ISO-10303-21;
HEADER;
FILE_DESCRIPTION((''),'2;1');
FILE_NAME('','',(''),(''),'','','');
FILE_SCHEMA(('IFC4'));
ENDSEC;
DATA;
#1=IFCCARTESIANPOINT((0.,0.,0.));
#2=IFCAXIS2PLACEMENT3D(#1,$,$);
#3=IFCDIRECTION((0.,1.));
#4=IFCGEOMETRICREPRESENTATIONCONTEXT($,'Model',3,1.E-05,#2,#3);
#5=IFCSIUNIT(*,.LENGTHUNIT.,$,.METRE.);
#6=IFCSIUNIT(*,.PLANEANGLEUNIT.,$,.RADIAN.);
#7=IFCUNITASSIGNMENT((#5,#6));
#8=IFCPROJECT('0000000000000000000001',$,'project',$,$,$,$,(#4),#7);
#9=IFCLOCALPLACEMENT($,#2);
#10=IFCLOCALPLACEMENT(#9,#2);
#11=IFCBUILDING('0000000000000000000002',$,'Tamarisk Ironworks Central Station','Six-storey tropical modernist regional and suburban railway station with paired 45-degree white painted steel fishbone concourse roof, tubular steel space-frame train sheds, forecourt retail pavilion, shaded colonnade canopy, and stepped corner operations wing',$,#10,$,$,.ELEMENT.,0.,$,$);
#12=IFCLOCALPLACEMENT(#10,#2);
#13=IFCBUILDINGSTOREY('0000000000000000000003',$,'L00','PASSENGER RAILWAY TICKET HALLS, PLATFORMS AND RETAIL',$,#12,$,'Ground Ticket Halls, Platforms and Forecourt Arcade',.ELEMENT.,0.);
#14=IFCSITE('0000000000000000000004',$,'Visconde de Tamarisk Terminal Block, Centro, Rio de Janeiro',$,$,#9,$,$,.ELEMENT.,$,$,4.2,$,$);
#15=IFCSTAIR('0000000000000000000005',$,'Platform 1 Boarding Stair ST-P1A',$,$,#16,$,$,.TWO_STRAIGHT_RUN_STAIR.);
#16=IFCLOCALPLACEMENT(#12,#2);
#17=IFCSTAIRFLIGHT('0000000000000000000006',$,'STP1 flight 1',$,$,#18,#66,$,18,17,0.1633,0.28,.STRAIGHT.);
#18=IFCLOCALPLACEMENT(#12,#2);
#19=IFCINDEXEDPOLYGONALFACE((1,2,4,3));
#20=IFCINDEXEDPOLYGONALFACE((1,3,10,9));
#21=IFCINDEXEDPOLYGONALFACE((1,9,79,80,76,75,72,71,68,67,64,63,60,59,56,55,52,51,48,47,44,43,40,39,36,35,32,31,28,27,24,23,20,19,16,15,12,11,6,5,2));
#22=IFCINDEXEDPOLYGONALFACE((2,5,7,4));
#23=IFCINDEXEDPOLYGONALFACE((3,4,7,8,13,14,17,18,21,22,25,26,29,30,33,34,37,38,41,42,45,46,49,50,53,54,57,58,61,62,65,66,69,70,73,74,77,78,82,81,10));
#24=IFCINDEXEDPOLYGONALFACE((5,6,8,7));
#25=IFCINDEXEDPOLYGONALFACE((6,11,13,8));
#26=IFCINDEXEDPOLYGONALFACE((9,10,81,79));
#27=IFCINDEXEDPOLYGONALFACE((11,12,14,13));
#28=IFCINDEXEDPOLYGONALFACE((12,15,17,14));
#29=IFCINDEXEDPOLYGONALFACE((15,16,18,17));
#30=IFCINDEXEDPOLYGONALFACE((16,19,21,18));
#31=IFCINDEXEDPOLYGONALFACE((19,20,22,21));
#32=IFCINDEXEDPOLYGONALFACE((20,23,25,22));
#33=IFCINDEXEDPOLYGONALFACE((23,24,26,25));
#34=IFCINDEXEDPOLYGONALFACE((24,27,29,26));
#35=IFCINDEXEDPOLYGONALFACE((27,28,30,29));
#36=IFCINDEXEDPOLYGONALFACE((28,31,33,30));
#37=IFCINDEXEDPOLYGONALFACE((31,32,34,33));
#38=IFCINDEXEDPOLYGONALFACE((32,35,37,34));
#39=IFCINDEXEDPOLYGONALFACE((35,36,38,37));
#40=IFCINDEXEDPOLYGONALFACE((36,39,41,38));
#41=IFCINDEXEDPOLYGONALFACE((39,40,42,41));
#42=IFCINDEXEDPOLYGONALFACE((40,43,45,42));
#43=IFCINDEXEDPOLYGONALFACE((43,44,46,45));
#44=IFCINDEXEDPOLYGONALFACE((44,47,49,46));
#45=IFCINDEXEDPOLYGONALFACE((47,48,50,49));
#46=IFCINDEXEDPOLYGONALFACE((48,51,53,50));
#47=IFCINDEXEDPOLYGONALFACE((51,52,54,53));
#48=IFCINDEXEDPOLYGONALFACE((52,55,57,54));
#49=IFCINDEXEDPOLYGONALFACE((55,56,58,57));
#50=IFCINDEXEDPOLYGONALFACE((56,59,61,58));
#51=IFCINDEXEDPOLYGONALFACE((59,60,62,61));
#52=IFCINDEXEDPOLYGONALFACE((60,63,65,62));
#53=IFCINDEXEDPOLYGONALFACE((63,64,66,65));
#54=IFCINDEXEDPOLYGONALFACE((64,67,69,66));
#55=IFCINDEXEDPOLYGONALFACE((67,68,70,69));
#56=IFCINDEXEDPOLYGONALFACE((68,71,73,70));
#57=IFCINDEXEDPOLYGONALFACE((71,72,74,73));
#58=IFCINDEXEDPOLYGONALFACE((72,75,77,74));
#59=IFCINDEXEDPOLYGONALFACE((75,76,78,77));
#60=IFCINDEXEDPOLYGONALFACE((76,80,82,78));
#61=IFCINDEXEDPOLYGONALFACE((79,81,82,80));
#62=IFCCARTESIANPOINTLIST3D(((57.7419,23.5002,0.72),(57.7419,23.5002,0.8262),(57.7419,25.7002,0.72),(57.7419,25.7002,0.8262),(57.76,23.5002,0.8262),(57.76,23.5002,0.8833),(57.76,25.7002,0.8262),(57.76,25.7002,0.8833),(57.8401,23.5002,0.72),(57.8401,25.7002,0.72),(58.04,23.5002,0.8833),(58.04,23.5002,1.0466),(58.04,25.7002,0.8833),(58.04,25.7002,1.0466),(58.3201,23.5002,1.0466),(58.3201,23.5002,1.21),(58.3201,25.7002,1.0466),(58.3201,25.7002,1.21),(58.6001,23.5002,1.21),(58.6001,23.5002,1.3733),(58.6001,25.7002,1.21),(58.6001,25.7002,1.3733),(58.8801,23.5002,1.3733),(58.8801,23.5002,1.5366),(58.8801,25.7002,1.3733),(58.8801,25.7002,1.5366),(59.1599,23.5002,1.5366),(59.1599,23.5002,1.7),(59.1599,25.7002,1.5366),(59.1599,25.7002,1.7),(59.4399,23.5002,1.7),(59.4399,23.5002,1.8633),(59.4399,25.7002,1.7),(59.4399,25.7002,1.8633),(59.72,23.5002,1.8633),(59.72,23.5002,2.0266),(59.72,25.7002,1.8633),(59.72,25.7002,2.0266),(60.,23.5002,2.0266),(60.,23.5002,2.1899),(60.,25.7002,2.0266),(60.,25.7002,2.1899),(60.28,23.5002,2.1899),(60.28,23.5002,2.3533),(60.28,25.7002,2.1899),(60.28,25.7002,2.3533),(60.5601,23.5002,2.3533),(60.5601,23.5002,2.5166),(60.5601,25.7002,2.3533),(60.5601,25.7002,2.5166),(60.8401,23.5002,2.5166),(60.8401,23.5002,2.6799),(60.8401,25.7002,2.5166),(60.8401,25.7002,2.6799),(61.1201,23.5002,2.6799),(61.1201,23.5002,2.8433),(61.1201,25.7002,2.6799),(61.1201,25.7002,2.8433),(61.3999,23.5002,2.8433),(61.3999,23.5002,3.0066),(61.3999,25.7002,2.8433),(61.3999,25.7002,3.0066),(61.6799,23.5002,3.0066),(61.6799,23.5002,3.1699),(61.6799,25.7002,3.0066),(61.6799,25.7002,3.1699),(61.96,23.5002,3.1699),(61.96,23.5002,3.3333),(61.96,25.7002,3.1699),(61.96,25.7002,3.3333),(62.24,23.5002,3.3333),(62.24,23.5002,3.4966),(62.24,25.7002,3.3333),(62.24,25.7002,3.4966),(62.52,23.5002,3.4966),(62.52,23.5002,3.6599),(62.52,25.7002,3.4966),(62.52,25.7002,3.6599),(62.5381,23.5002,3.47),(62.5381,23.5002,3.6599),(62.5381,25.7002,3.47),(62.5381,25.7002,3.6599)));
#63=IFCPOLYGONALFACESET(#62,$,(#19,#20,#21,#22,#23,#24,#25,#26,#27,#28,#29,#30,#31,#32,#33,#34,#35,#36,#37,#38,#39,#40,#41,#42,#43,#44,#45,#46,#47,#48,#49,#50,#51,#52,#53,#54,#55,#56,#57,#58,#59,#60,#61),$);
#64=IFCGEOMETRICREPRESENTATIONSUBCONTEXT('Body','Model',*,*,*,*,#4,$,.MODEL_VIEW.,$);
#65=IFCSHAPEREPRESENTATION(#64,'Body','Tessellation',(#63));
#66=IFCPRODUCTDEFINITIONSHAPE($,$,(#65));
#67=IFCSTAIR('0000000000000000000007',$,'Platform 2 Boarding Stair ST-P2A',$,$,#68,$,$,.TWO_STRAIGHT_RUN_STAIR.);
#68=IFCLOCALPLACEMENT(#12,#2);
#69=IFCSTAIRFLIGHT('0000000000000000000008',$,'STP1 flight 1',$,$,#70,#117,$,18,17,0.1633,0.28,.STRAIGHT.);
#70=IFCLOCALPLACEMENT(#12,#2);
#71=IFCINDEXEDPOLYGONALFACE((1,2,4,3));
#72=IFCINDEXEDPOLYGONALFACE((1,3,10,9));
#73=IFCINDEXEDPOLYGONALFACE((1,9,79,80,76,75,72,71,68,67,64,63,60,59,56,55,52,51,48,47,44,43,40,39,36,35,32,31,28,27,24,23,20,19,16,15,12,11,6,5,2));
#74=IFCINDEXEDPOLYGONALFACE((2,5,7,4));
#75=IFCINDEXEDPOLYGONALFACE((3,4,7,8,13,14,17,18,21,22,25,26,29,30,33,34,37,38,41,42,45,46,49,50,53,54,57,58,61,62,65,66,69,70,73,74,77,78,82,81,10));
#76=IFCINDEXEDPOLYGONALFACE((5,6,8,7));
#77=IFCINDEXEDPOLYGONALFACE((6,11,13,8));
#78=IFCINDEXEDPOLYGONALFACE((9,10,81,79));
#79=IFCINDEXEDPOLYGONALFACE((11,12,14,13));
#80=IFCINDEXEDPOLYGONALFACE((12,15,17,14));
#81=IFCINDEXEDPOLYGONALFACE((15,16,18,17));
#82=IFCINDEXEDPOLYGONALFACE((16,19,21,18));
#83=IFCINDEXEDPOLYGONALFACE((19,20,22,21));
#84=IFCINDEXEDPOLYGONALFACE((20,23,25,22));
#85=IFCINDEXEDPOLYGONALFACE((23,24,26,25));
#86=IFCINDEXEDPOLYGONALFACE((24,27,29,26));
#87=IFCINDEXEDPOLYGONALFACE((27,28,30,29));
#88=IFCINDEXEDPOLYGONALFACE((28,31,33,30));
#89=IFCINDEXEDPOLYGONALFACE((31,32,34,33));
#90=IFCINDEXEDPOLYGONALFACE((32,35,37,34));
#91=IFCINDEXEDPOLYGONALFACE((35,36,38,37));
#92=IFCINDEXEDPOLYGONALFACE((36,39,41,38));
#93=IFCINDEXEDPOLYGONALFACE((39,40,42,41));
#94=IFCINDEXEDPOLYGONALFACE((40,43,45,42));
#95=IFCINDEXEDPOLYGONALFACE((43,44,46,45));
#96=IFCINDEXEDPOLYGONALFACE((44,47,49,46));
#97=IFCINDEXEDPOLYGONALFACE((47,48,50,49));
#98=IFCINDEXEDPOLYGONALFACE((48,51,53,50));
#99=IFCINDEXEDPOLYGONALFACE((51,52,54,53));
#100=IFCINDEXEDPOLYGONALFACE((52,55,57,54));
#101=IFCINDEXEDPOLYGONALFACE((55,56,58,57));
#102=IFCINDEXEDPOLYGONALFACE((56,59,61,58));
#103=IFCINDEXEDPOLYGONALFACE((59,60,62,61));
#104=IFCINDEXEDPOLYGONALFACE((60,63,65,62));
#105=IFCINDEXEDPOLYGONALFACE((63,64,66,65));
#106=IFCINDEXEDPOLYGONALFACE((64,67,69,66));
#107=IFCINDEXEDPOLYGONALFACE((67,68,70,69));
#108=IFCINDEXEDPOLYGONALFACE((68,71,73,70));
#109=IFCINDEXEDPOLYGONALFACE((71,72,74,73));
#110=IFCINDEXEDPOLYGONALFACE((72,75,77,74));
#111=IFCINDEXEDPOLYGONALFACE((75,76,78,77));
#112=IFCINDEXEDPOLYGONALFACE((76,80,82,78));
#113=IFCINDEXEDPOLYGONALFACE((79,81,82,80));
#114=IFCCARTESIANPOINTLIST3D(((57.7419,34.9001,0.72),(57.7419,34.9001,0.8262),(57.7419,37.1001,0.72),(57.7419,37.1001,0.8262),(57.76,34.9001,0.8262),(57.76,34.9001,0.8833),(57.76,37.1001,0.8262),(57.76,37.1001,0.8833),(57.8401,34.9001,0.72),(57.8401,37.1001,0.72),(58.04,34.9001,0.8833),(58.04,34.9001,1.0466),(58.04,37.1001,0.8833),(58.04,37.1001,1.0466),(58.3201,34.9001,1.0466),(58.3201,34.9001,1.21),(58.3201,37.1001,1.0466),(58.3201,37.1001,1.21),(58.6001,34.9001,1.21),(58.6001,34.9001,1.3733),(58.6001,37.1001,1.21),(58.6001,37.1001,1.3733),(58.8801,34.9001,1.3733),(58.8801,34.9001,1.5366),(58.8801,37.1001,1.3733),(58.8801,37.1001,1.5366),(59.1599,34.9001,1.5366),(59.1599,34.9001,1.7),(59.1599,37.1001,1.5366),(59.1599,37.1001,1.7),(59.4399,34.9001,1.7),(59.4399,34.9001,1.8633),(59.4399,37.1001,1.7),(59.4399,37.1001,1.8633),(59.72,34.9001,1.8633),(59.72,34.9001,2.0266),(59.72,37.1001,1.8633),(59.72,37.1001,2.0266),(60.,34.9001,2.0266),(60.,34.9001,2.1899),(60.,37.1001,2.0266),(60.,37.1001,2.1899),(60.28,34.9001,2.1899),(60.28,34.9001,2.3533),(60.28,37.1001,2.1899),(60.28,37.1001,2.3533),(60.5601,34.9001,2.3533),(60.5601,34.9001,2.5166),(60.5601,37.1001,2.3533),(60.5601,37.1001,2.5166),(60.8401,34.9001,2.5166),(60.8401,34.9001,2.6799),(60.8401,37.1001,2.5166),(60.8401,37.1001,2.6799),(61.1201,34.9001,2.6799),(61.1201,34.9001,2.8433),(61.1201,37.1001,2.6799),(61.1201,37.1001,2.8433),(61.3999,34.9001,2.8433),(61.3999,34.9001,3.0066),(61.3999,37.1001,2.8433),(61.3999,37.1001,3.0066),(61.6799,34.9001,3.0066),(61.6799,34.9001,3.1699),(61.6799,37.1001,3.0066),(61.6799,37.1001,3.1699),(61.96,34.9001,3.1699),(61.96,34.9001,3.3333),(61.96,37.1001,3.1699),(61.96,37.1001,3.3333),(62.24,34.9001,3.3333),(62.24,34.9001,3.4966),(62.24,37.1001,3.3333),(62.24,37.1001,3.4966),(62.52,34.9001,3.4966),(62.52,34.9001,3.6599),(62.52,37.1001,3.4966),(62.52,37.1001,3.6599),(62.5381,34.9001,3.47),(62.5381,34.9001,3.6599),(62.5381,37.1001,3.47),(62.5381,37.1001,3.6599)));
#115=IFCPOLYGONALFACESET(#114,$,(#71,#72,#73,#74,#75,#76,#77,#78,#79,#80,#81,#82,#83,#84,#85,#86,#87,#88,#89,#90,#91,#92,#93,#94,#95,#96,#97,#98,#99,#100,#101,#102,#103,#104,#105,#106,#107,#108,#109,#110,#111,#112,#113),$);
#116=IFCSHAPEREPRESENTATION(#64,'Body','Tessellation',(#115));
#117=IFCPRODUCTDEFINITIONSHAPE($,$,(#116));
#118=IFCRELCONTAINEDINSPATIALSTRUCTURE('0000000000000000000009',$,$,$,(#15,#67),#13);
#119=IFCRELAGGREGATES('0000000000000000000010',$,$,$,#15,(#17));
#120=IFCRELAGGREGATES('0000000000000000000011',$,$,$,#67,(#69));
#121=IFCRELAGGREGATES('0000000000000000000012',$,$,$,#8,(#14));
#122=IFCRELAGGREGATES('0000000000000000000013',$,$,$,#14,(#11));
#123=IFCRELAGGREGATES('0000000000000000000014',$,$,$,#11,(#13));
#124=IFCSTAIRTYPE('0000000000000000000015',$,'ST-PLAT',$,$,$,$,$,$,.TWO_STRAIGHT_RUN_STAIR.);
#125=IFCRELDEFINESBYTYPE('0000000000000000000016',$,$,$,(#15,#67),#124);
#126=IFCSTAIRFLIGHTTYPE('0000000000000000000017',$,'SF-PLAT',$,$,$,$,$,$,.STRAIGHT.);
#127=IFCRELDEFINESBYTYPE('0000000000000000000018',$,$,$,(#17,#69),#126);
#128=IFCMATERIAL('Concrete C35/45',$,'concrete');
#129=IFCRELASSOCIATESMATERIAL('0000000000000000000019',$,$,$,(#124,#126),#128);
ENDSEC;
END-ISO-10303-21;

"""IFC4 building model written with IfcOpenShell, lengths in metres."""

from ifc_helpers import new_model, si_unit, direction, frame, origin, place, context, subcontext, project, spatial, polyline, outline, extrude, material, type_object, element, aggregate, save


model = new_model("IFC4")

# Units and contexts
model_context = context("Model", 3, precision=1e-05, world=origin(), true_north=direction((0.0, 1.0)))
body_context = subcontext(model_context, "Body", "Model", "MODEL_VIEW")
ifc_project = project(units=[si_unit("LENGTHUNIT", "METRE"), si_unit("PLANEANGLEUNIT", "RADIAN")], contexts=[model_context])

# Site, building, storey
site_placement = place(None, origin())
site = spatial("IfcSite", under=ifc_project, at=site_placement, Name="Visconde de Tamarisk Terminal Block, Centro, Rio de Janeiro", CompositionType="ELEMENT", RefElevation=4.2)
building_placement = place(site_placement, origin())
building = spatial("IfcBuilding", under=site, at=building_placement, Name="Tamarisk Ironworks Central Station", Description="Six-storey tropical modernist regional and suburban railway station with paired 45-degree white painted steel fishbone concourse roof, tubular steel space-frame train sheds, forecourt retail pavilion, shaded colonnade canopy, and stepped corner operations wing", CompositionType="ELEMENT", ElevationOfRefHeight=0.0)
storey_placement = place(building_placement, origin())
storey = spatial("IfcBuildingStorey", under=building, at=storey_placement, Name="L00", Description="PASSENGER RAILWAY TICKET HALLS, PLATFORMS AND RETAIL", LongName="Ground Ticket Halls, Platforms and Forecourt Arcade", CompositionType="ELEMENT", Elevation=0.0)

# Stairs, stair flights
ifc_material_1 = material(Name="Concrete C35/45", Category="concrete")
stair_type = type_object("IfcStairType", Name="ST-PLAT", PredefinedType="TWO_STRAIGHT_RUN_STAIR", material=ifc_material_1)
stair_1_placement = place(storey_placement, origin())
stair_1 = element("IfcStair", 1, at=stair_1_placement, inside=storey, type_object=stair_type, Name="Platform 1 Boarding Stair ST-P1A", PredefinedType="TWO_STRAIGHT_RUN_STAIR")
stair_flight_type = type_object("IfcStairFlightType", Name="SF-PLAT", PredefinedType="STRAIGHT", material=ifc_material_1)
stair_flight_1_placement = place(storey_placement, frame((57.76, 24.6001, 0.72), z_axis=(0.0, 0.0, 1.0), x_axis=(1.0, 0.0, 0.0)))
stair_flight_1 = element("IfcStairFlight", 2, at=stair_flight_1_placement, type_object=stair_flight_type, Name="STP1 flight 1", NumberOfRisers=18, NumberOfTreads=17, PredefinedType="STRAIGHT", RiserHeight=0.1633, TreadLength=0.28, context=body_context, shape_type="SweptSolid", body=[
    extrude(outline(polyline([(-0.0181, 0.0), (-0.0181, 0.1062), (0.0, 0.1062), (0.0, 0.1633), (0.28, 0.1633), (0.28, 0.3267), (0.5601, 0.3267), (0.5601, 0.49), (0.8401, 0.49), (0.8401, 0.6533), (1.1201, 0.6533), (1.1201, 0.8167), (1.3999, 0.8167), (1.3999, 0.98), (1.6799, 0.98), (1.6799, 1.1433), (1.96, 1.1433), (1.96, 1.3066), (2.24, 1.3066), (2.24, 1.47), (2.52, 1.47), (2.52, 1.6333), (2.8, 1.6333), (2.8, 1.7966), (3.0801, 1.7966), (3.0801, 1.96), (3.3601, 1.96), (3.3601, 2.1233), (3.6399, 2.1233), (3.6399, 2.2866), (3.9199, 2.2866), (3.9199, 2.45), (4.2, 2.45), (4.2, 2.6133), (4.48, 2.6133), (4.48, 2.7766), (4.76, 2.7766), (4.76, 2.9399), (4.7781, 2.9399), (4.7781, 2.75), (0.0801, 0.0), (-0.0181, 0.0)])), frame((0.0, 1.1001, 0.0), z_axis=(0.0, -1.0, 0.0), x_axis=(1.0, 0.0, 0.0)), (0.0, 0.0, 1.0), 2.2),
])
aggregate(stair_1, [stair_flight_1])
stair_2_placement = place(storey_placement, origin())
stair_2 = element("IfcStair", 3, at=stair_2_placement, inside=storey, type_object=stair_type, Name="Platform 2 Boarding Stair ST-P2A", PredefinedType="TWO_STRAIGHT_RUN_STAIR")
stair_flight_2_placement = place(storey_placement, frame((57.76, 36.0, 0.72), z_axis=(0.0, 0.0, 1.0), x_axis=(1.0, 0.0, 0.0)))
stair_flight_2 = element("IfcStairFlight", 4, at=stair_flight_2_placement, type_object=stair_flight_type, Name="STP1 flight 1", NumberOfRisers=18, NumberOfTreads=17, PredefinedType="STRAIGHT", RiserHeight=0.1633, TreadLength=0.28, context=body_context, shape_type="SweptSolid", body=[
    extrude(outline(polyline([(-0.0181, 0.0), (-0.0181, 0.1062), (0.0, 0.1062), (0.0, 0.1633), (0.28, 0.1633), (0.28, 0.3267), (0.5601, 0.3267), (0.5601, 0.49), (0.8401, 0.49), (0.8401, 0.6533), (1.1201, 0.6533), (1.1201, 0.8167), (1.3999, 0.8167), (1.3999, 0.98), (1.6799, 0.98), (1.6799, 1.1433), (1.96, 1.1433), (1.96, 1.3066), (2.24, 1.3066), (2.24, 1.47), (2.52, 1.47), (2.52, 1.6333), (2.8, 1.6333), (2.8, 1.7966), (3.0801, 1.7966), (3.0801, 1.96), (3.3601, 1.96), (3.3601, 2.1233), (3.6399, 2.1233), (3.6399, 2.2866), (3.9199, 2.2866), (3.9199, 2.45), (4.2, 2.45), (4.2, 2.6133), (4.48, 2.6133), (4.48, 2.7766), (4.76, 2.7766), (4.76, 2.9399), (4.7781, 2.9399), (4.7781, 2.75), (0.0801, 0.0), (-0.0181, 0.0)])), frame((0.0, 1.1001, 0.0), z_axis=(0.0, -1.0, 0.0), x_axis=(1.0, 0.0, 0.0)), (0.0, 0.0, 1.0), 2.2),
])
aggregate(stair_2, [stair_flight_2])

save(model, "model.ifc")
